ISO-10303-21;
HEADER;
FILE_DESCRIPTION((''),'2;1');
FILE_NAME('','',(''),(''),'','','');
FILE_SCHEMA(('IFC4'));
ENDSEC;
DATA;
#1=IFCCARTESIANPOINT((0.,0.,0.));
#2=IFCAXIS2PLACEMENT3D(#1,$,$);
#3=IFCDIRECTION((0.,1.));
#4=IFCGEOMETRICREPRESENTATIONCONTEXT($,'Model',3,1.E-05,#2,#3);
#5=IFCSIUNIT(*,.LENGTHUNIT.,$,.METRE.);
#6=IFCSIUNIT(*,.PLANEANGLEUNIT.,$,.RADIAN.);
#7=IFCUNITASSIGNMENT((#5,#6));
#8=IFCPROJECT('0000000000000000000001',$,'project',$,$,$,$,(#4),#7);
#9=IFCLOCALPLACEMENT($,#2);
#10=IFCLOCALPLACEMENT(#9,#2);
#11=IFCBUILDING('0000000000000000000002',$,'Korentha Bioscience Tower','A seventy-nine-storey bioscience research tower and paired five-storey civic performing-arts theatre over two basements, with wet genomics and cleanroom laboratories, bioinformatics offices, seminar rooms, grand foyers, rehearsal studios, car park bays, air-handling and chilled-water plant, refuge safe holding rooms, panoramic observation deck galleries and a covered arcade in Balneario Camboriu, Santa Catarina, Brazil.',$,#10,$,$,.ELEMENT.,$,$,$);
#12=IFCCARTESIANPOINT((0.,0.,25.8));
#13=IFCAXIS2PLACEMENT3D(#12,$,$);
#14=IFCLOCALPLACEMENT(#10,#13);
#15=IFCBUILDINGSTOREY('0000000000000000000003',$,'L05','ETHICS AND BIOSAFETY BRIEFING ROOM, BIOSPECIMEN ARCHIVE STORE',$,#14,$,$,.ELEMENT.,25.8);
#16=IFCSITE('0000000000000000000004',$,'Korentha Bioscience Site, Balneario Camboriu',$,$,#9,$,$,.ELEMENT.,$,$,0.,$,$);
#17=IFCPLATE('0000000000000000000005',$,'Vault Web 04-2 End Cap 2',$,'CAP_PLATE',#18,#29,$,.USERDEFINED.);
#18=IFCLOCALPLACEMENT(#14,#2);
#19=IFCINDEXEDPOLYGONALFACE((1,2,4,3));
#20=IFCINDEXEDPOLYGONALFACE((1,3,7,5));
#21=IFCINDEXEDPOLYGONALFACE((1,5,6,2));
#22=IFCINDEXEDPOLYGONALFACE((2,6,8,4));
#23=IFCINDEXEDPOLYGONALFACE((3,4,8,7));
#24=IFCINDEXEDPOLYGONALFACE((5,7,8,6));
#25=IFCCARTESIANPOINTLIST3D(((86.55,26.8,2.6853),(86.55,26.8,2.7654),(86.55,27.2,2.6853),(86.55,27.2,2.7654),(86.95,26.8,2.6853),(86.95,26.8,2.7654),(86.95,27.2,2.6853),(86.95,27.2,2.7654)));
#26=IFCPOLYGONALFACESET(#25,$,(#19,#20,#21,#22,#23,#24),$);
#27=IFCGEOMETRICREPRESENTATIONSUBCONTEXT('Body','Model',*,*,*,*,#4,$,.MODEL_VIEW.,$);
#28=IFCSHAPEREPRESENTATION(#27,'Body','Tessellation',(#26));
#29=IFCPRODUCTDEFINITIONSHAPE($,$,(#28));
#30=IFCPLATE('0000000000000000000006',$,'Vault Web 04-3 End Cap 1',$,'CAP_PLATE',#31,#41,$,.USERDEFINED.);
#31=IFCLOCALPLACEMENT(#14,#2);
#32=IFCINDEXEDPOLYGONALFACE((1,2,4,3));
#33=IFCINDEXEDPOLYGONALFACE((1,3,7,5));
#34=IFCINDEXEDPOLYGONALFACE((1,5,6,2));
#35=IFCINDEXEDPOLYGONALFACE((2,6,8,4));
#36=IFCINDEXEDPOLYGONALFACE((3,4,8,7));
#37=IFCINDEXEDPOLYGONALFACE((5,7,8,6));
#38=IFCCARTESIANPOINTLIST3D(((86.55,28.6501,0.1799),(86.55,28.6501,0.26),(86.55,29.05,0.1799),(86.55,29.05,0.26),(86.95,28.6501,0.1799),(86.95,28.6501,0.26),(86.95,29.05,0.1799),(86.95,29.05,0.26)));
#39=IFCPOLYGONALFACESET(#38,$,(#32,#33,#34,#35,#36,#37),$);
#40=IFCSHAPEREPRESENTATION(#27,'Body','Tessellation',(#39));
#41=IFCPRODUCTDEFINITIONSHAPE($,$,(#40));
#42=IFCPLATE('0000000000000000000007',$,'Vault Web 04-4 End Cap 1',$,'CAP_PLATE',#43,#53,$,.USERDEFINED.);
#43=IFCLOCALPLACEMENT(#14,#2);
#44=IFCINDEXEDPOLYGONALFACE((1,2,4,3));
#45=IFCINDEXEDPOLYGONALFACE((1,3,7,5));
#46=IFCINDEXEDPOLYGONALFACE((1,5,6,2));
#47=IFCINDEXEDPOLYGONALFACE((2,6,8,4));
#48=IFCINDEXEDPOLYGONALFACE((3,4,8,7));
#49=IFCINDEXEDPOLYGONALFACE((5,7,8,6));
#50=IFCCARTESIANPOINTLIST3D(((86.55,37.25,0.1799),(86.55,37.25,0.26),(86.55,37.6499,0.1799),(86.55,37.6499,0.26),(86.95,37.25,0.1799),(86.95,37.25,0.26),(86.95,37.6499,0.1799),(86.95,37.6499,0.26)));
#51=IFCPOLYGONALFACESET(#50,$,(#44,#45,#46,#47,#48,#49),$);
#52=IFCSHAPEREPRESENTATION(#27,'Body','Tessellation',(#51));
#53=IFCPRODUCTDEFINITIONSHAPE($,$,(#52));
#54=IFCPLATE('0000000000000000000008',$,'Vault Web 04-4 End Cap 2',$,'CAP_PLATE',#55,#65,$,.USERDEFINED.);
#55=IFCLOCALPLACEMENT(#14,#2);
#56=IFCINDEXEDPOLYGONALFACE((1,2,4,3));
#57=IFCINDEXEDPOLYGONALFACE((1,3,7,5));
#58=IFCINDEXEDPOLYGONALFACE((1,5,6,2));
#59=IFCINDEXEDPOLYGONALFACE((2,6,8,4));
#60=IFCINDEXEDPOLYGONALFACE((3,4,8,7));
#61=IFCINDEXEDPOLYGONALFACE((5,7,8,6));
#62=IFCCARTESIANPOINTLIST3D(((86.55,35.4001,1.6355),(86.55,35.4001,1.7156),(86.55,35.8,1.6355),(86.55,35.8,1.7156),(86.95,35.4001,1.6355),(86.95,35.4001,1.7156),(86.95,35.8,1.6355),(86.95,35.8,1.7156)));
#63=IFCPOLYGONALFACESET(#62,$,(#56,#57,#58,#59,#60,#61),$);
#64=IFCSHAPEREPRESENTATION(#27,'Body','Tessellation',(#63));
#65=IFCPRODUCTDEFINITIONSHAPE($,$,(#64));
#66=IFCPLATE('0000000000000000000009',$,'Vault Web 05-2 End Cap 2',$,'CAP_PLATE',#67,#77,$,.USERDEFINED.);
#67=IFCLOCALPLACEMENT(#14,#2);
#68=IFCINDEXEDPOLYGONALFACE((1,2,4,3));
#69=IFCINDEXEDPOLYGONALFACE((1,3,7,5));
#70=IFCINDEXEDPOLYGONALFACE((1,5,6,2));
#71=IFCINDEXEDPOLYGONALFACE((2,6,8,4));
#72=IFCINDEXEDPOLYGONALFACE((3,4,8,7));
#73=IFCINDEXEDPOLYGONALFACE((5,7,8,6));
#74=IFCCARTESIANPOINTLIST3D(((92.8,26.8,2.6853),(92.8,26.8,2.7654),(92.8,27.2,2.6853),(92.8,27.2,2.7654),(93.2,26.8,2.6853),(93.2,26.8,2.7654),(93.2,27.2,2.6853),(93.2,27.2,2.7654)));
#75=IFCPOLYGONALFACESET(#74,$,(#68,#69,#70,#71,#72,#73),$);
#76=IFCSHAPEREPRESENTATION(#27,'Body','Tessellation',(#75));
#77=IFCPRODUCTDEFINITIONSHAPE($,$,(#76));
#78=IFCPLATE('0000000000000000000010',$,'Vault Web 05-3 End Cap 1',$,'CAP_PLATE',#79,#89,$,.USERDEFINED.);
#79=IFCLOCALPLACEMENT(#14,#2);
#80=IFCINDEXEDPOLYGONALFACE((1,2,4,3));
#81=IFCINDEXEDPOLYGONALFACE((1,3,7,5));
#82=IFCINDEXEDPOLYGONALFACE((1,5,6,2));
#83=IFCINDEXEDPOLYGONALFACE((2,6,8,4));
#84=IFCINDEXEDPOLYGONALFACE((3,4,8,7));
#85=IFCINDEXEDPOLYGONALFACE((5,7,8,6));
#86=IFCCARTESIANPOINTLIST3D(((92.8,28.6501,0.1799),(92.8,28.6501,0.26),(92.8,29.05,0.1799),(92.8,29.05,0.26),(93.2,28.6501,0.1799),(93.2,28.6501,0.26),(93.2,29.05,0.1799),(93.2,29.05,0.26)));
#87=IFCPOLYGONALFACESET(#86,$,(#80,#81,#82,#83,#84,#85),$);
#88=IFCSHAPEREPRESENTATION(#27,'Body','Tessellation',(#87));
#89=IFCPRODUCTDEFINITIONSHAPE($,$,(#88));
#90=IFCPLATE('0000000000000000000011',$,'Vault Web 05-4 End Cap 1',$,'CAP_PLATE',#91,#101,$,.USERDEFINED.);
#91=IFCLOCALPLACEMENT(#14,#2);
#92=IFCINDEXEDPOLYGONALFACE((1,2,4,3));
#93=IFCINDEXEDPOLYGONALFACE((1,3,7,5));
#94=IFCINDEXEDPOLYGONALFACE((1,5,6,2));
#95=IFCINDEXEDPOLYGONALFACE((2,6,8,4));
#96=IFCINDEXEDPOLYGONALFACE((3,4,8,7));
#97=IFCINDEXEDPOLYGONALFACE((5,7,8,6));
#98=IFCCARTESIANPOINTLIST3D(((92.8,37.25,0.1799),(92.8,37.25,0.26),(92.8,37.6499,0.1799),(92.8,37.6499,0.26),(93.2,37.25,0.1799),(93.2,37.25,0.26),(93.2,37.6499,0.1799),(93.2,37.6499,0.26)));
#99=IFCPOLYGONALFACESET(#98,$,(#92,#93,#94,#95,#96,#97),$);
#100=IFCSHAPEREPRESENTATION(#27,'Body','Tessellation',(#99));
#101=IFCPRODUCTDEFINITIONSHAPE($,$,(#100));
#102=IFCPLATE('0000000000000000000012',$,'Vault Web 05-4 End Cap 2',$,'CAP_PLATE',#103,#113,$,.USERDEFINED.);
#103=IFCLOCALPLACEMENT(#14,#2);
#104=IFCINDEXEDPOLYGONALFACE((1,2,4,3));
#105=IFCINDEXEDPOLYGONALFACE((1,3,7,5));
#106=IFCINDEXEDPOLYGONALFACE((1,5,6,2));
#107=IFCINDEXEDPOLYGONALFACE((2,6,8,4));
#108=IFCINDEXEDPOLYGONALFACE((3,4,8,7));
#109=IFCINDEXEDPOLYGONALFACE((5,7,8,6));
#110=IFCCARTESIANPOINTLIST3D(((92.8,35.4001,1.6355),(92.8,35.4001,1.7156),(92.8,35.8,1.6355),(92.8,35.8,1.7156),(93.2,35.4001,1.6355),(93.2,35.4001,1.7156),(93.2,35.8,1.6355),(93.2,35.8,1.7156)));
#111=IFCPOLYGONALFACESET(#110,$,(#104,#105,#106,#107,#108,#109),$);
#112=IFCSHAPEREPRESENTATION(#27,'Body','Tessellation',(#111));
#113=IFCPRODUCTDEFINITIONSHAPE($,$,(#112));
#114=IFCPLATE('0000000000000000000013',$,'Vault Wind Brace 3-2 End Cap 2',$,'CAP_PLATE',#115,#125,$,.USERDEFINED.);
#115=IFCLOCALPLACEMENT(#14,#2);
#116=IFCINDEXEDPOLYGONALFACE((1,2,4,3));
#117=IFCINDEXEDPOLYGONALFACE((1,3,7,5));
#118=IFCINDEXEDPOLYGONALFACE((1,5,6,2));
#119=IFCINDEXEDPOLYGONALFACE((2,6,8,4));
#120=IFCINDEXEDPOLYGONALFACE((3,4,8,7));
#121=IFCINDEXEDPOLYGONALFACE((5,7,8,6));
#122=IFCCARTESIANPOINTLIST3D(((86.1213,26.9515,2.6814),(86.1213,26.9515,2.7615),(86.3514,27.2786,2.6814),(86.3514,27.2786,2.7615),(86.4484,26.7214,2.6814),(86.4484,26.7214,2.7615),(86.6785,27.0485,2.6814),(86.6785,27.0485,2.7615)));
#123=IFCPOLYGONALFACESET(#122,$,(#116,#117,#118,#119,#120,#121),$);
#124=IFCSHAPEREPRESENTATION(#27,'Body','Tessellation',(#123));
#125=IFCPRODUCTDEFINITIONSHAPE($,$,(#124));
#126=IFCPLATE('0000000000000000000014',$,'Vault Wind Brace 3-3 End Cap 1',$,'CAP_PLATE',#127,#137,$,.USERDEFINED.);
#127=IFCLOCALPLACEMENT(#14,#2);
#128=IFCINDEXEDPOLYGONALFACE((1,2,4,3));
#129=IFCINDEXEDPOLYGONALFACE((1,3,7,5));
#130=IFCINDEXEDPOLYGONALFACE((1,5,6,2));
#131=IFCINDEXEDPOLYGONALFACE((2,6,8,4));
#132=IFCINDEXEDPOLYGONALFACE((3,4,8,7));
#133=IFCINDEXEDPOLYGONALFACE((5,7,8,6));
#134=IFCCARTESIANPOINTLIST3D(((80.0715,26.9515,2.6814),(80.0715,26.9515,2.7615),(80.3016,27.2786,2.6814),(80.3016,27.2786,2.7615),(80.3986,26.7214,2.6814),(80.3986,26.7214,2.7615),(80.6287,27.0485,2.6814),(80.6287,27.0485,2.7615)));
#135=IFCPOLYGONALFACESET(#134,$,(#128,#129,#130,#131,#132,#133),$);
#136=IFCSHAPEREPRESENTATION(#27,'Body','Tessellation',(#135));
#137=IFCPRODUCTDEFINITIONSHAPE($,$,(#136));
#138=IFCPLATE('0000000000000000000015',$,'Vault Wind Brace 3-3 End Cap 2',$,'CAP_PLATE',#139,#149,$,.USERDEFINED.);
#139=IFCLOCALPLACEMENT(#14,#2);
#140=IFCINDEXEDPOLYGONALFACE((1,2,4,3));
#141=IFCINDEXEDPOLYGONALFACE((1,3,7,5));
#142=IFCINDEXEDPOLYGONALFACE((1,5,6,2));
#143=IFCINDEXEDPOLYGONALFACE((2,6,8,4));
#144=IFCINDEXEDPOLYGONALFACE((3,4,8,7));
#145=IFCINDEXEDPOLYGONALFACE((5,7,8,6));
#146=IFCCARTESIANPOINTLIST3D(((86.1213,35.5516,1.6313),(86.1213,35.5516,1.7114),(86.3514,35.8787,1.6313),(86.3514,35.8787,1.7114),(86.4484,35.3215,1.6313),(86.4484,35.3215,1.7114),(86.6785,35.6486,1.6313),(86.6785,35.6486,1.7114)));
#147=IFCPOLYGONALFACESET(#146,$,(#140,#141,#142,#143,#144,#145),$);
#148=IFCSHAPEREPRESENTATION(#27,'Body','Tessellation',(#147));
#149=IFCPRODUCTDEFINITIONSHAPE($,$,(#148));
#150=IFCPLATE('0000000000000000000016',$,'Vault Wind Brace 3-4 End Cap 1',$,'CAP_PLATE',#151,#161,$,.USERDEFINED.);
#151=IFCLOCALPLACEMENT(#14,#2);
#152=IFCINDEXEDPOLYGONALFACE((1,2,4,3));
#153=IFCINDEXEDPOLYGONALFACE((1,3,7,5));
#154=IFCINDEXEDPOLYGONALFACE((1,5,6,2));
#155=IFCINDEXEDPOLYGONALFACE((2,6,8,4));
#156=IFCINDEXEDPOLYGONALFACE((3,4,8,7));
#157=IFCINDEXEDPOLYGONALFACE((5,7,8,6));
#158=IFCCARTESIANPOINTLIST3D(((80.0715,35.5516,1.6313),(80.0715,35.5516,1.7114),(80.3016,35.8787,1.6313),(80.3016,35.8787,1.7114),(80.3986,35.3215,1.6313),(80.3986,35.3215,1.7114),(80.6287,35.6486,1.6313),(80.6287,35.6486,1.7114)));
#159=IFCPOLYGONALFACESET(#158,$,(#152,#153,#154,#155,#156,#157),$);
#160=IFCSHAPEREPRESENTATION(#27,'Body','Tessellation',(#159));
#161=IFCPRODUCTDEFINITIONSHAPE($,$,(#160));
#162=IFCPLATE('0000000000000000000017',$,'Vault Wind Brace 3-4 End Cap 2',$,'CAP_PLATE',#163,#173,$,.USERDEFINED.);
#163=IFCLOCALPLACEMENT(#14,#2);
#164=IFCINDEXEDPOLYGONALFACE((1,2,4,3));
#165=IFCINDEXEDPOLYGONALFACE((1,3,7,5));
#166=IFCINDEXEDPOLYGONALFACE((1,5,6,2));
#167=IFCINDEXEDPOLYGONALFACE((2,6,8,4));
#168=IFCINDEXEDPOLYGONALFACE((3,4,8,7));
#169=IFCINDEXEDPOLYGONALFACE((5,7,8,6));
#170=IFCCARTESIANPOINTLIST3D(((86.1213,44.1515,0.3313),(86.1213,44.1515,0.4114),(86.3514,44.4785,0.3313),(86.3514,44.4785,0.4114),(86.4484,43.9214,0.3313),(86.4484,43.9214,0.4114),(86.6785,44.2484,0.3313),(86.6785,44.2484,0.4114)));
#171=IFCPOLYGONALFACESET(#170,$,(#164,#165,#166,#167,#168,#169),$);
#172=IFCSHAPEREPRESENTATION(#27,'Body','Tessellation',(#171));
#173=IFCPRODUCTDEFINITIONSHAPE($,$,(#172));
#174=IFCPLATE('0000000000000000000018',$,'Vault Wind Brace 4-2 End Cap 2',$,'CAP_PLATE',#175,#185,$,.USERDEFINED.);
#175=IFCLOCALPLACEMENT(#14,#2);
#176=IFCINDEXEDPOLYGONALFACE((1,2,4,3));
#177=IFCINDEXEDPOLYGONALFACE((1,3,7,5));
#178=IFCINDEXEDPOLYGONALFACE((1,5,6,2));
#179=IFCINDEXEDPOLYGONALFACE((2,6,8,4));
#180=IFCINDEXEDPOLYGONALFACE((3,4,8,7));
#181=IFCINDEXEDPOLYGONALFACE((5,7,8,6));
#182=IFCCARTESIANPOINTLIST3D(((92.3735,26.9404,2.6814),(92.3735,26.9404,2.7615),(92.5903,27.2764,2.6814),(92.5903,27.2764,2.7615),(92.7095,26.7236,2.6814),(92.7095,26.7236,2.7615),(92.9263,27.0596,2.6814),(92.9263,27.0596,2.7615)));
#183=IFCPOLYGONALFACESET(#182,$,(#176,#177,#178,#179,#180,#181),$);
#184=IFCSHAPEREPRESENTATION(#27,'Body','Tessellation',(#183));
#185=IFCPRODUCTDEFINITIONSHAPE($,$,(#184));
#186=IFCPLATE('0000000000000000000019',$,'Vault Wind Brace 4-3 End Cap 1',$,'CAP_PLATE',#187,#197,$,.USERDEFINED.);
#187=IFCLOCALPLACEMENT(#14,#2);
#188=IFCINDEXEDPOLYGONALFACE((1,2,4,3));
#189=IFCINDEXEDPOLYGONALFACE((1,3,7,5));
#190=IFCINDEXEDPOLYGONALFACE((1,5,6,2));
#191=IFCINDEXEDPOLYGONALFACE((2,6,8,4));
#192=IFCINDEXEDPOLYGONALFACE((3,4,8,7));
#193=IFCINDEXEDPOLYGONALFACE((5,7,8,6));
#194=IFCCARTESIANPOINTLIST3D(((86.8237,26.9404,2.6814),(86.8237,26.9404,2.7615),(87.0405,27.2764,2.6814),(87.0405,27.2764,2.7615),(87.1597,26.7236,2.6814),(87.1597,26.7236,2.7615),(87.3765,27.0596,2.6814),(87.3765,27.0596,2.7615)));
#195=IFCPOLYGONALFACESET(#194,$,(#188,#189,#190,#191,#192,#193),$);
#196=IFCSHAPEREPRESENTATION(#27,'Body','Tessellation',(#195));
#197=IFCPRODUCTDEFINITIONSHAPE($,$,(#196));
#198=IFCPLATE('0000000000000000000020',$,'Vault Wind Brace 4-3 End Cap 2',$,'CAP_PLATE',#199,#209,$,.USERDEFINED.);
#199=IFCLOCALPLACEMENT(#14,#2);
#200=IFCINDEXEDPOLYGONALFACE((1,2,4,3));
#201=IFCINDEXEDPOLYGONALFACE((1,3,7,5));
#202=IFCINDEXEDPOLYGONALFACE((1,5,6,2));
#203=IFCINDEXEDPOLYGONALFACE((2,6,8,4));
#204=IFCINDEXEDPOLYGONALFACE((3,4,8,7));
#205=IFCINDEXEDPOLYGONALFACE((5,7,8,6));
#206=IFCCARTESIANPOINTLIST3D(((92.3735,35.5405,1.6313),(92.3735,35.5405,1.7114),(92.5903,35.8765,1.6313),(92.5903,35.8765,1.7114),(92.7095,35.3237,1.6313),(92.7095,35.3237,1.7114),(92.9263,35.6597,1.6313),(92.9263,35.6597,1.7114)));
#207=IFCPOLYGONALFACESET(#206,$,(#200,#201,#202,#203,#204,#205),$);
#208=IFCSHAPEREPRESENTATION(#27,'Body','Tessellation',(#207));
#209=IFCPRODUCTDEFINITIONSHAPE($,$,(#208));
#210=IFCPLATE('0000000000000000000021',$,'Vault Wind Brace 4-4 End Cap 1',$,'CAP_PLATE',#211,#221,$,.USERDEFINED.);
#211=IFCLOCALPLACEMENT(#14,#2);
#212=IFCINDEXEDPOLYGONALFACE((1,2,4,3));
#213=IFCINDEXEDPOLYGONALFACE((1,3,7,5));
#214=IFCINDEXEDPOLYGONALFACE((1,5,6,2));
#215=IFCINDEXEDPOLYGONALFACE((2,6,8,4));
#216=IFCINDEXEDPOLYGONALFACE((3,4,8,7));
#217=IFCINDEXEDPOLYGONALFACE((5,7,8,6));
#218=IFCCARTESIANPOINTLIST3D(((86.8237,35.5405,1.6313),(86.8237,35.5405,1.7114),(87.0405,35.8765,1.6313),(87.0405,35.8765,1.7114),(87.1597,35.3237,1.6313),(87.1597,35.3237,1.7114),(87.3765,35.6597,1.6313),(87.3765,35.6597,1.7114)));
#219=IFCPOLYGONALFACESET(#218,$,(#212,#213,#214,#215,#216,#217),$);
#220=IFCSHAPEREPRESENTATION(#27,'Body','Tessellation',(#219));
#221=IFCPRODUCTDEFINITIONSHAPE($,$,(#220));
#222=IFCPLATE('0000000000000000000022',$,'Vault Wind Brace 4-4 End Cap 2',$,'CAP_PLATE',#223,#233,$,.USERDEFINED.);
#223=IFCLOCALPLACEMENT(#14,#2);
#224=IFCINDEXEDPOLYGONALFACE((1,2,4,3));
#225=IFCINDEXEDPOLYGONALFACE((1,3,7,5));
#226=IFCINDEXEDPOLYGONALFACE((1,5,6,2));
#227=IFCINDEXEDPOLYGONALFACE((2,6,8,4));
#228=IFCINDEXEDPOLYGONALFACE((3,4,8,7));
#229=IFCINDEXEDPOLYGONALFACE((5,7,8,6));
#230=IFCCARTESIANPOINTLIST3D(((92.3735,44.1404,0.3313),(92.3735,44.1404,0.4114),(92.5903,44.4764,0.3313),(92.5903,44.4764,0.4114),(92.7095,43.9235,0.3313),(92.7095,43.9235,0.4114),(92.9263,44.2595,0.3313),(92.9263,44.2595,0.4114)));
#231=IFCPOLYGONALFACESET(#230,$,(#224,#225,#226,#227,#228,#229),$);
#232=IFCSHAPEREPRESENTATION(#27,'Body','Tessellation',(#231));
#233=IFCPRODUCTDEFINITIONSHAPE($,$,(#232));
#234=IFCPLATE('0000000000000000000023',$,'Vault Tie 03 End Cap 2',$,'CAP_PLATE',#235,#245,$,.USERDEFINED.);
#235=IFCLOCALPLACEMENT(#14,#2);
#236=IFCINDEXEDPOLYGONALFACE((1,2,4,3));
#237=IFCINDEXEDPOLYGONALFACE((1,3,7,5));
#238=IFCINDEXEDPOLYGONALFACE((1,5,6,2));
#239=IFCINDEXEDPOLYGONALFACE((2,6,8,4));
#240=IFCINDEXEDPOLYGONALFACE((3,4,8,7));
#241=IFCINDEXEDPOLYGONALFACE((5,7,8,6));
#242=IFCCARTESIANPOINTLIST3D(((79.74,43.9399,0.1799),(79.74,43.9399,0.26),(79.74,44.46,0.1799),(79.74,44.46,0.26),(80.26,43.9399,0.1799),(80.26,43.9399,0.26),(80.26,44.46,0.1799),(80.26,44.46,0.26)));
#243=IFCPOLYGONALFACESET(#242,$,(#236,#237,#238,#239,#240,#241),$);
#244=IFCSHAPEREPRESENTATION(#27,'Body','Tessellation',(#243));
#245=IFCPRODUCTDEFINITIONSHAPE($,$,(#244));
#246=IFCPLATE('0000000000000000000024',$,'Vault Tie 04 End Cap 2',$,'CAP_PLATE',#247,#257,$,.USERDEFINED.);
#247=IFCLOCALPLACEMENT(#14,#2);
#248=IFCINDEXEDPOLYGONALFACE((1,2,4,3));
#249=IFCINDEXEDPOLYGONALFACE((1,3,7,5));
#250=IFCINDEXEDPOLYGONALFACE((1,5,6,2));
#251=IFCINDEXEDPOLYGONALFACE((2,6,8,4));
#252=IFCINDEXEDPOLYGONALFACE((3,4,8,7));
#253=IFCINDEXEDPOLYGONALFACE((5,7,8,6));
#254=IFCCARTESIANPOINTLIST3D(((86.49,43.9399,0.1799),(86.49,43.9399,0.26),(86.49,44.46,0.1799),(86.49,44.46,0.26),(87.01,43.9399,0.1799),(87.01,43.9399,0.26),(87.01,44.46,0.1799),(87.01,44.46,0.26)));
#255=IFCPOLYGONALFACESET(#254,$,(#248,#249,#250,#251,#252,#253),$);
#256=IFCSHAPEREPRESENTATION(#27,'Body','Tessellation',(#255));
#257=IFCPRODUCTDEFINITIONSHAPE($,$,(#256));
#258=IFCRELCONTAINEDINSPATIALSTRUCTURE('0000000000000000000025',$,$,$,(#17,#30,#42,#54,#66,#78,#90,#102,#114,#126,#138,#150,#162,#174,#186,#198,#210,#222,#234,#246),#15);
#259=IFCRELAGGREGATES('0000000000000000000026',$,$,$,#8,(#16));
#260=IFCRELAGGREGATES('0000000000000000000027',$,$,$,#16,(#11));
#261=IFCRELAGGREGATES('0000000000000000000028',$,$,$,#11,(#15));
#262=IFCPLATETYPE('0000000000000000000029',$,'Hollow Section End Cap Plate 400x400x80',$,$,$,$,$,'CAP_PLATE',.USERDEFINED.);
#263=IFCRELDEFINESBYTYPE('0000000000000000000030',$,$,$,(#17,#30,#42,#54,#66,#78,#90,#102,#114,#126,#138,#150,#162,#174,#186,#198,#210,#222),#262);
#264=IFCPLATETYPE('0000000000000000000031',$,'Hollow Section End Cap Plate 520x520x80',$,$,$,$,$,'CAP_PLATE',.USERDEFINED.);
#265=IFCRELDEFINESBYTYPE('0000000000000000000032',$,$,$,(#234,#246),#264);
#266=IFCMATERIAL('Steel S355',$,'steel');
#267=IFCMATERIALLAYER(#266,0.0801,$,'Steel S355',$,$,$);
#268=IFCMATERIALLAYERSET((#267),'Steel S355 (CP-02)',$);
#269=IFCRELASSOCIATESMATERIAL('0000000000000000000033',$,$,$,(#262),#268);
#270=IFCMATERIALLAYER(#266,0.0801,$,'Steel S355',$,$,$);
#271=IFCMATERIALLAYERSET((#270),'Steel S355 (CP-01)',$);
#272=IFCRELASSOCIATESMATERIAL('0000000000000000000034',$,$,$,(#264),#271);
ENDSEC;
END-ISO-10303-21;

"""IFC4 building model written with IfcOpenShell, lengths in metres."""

from ifc_helpers import new_model, si_unit, direction, frame, origin, origin_2d, place, context, subcontext, project, spatial, rectangle, extrude, material, layer, layer_set, type_object, element, save


model = new_model("IFC4")

# Units and contexts
model_context = context("Model", 3, precision=1e-05, world=origin(), true_north=direction((0.0, 1.0)))
body_context = subcontext(model_context, "Body", "Model", "MODEL_VIEW")
ifc_project = project(units=[si_unit("LENGTHUNIT", "METRE"), si_unit("PLANEANGLEUNIT", "RADIAN")], contexts=[model_context])

# Site, building, storey
site_placement = place(None, origin())
site = spatial("IfcSite", under=ifc_project, at=site_placement, Name="Korentha Bioscience Site, Balneario Camboriu", CompositionType="ELEMENT", RefElevation=0.0)
building_placement = place(site_placement, origin())
building = spatial("IfcBuilding", under=site, at=building_placement, Name="Korentha Bioscience Tower", Description="A seventy-nine-storey bioscience research tower and paired five-storey civic performing-arts theatre over two basements, with wet genomics and cleanroom laboratories, bioinformatics offices, seminar rooms, grand foyers, rehearsal studios, car park bays, air-handling and chilled-water plant, refuge safe holding rooms, panoramic observation deck galleries and a covered arcade in Balneario Camboriu, Santa Catarina, Brazil.", CompositionType="ELEMENT")
storey_placement = place(building_placement, frame((0.0, 0.0, 25.8)))
storey = spatial("IfcBuildingStorey", under=building, at=storey_placement, Name="L05", Description="ETHICS AND BIOSAFETY BRIEFING ROOM, BIOSPECIMEN ARCHIVE STORE", CompositionType="ELEMENT", Elevation=25.8)

# Shared definitions
ifc_material = material(Name="Steel S355", Category="steel")

# Plates
ifc_layer_1 = layer(ifc_material, 0.0801, Name="Steel S355")
ifc_layer_set_1 = layer_set([ifc_layer_1], Name="Steel S355 (CP-02)")
plate_type_1 = type_object("IfcPlateType", Name="Hollow Section End Cap Plate 400x400x80", ElementType="CAP_PLATE", PredefinedType="USERDEFINED", material=ifc_layer_set_1)
for number, where, z_axis, x_axis, name in (
    (1, (86.75, 27.0, 2.6853), (0.0, 0.0, 1.0), (0.0, 1.0, 0.0), "Vault Web 04-2 End Cap 2"),
    (2, (86.75, 28.8501, 0.1799), (0.0, 0.0, 1.0), (0.0, 1.0, 0.0), "Vault Web 04-3 End Cap 1"),
    (3, (86.75, 37.45, 0.1799), (0.0, 0.0, 1.0), (0.0, 1.0, 0.0), "Vault Web 04-4 End Cap 1"),
    (4, (86.75, 35.6001, 1.6355), (0.0, 0.0, 1.0), (0.0, 1.0, 0.0), "Vault Web 04-4 End Cap 2"),
    (5, (93.0, 27.0, 2.6853), (0.0, 0.0, 1.0), (0.0, 1.0, 0.0), "Vault Web 05-2 End Cap 2"),
    (6, (93.0, 28.8501, 0.1799), (0.0, 0.0, 1.0), (0.0, 1.0, 0.0), "Vault Web 05-3 End Cap 1"),
    (7, (93.0, 37.45, 0.1799), (0.0, 0.0, 1.0), (0.0, 1.0, 0.0), "Vault Web 05-4 End Cap 1"),
    (8, (93.0, 35.6001, 1.6355), (0.0, 0.0, 1.0), (0.0, 1.0, 0.0), "Vault Web 05-4 End Cap 2"),
    (9, (86.3999, 27.0, 2.6814), (0.0, 0.0, 1.0), (0.575434, 0.817849, 0.0), "Vault Wind Brace 3-2 End Cap 2"),
    (10, (80.3501, 27.0, 2.6814), (0.0, 0.0, 1.0), (0.575434, 0.817849, 0.0), "Vault Wind Brace 3-3 End Cap 1"),
    (11, (86.3999, 35.6001, 1.6313), (0.0, 0.0, 1.0), (0.575434, 0.817849, 0.0), "Vault Wind Brace 3-3 End Cap 2"),
    (12, (80.3501, 35.6001, 1.6313), (0.0, 0.0, 1.0), (0.575434, 0.817849, 0.0), "Vault Wind Brace 3-4 End Cap 1"),
    (13, (86.3999, 44.2, 0.3313), (0.0, 0.0, 1.0), (0.575434, 0.817849, 0.0), "Vault Wind Brace 3-4 End Cap 2"),
    (14, (92.6499, 27.0, 2.6814), (0.0, 0.0, 1.0), (0.542295, 0.840188, 0.0), "Vault Wind Brace 4-2 End Cap 2"),
    (15, (87.1001, 27.0, 2.6814), (0.0, 0.0, 1.0), (0.542295, 0.840188, 0.0), "Vault Wind Brace 4-3 End Cap 1"),
    (16, (92.6499, 35.6001, 1.6313), (0.0, 0.0, 1.0), (0.542295, 0.840188, 0.0), "Vault Wind Brace 4-3 End Cap 2"),
    (17, (87.1001, 35.6001, 1.6313), (0.0, 0.0, 1.0), (0.542295, 0.840188, 0.0), "Vault Wind Brace 4-4 End Cap 1"),
    (18, (92.6499, 44.2, 0.3313), (0.0, 0.0, 1.0), (0.542295, 0.840188, 0.0), "Vault Wind Brace 4-4 End Cap 2"),
):
    element("IfcPlate", number, at=place(storey_placement, frame(where, z_axis=z_axis, x_axis=x_axis)), inside=storey, type_object=plate_type_1, Name=name, ObjectType="CAP_PLATE", PredefinedType="USERDEFINED", context=body_context, shape_type="SweptSolid", body=[
        extrude(rectangle(XDim=0.3999, YDim=0.3999, at=origin_2d()), origin(), (0.0, 0.0, 1.0), 0.0801),
    ])
ifc_layer_2 = layer(ifc_material, 0.0801, Name="Steel S355")
ifc_layer_set_2 = layer_set([ifc_layer_2], Name="Steel S355 (CP-01)")
plate_type_2 = type_object("IfcPlateType", Name="Hollow Section End Cap Plate 520x520x80", ElementType="CAP_PLATE", PredefinedType="USERDEFINED", material=ifc_layer_set_2)
for number, where, z_axis, x_axis, name in (
    (19, (80.0, 44.2, 0.1799), (0.0, 0.0, 1.0), (0.0, 1.0, 0.0), "Vault Tie 03 End Cap 2"),
    (20, (86.75, 44.2, 0.1799), (0.0, 0.0, 1.0), (0.0, 1.0, 0.0), "Vault Tie 04 End Cap 2"),
):
    element("IfcPlate", number, at=place(storey_placement, frame(where, z_axis=z_axis, x_axis=x_axis)), inside=storey, type_object=plate_type_2, Name=name, ObjectType="CAP_PLATE", PredefinedType="USERDEFINED", context=body_context, shape_type="SweptSolid", body=[
        extrude(rectangle(XDim=0.52, YDim=0.52, at=origin_2d()), origin(), (0.0, 0.0, 1.0), 0.0801),
    ])

save(model, "model.ifc")
